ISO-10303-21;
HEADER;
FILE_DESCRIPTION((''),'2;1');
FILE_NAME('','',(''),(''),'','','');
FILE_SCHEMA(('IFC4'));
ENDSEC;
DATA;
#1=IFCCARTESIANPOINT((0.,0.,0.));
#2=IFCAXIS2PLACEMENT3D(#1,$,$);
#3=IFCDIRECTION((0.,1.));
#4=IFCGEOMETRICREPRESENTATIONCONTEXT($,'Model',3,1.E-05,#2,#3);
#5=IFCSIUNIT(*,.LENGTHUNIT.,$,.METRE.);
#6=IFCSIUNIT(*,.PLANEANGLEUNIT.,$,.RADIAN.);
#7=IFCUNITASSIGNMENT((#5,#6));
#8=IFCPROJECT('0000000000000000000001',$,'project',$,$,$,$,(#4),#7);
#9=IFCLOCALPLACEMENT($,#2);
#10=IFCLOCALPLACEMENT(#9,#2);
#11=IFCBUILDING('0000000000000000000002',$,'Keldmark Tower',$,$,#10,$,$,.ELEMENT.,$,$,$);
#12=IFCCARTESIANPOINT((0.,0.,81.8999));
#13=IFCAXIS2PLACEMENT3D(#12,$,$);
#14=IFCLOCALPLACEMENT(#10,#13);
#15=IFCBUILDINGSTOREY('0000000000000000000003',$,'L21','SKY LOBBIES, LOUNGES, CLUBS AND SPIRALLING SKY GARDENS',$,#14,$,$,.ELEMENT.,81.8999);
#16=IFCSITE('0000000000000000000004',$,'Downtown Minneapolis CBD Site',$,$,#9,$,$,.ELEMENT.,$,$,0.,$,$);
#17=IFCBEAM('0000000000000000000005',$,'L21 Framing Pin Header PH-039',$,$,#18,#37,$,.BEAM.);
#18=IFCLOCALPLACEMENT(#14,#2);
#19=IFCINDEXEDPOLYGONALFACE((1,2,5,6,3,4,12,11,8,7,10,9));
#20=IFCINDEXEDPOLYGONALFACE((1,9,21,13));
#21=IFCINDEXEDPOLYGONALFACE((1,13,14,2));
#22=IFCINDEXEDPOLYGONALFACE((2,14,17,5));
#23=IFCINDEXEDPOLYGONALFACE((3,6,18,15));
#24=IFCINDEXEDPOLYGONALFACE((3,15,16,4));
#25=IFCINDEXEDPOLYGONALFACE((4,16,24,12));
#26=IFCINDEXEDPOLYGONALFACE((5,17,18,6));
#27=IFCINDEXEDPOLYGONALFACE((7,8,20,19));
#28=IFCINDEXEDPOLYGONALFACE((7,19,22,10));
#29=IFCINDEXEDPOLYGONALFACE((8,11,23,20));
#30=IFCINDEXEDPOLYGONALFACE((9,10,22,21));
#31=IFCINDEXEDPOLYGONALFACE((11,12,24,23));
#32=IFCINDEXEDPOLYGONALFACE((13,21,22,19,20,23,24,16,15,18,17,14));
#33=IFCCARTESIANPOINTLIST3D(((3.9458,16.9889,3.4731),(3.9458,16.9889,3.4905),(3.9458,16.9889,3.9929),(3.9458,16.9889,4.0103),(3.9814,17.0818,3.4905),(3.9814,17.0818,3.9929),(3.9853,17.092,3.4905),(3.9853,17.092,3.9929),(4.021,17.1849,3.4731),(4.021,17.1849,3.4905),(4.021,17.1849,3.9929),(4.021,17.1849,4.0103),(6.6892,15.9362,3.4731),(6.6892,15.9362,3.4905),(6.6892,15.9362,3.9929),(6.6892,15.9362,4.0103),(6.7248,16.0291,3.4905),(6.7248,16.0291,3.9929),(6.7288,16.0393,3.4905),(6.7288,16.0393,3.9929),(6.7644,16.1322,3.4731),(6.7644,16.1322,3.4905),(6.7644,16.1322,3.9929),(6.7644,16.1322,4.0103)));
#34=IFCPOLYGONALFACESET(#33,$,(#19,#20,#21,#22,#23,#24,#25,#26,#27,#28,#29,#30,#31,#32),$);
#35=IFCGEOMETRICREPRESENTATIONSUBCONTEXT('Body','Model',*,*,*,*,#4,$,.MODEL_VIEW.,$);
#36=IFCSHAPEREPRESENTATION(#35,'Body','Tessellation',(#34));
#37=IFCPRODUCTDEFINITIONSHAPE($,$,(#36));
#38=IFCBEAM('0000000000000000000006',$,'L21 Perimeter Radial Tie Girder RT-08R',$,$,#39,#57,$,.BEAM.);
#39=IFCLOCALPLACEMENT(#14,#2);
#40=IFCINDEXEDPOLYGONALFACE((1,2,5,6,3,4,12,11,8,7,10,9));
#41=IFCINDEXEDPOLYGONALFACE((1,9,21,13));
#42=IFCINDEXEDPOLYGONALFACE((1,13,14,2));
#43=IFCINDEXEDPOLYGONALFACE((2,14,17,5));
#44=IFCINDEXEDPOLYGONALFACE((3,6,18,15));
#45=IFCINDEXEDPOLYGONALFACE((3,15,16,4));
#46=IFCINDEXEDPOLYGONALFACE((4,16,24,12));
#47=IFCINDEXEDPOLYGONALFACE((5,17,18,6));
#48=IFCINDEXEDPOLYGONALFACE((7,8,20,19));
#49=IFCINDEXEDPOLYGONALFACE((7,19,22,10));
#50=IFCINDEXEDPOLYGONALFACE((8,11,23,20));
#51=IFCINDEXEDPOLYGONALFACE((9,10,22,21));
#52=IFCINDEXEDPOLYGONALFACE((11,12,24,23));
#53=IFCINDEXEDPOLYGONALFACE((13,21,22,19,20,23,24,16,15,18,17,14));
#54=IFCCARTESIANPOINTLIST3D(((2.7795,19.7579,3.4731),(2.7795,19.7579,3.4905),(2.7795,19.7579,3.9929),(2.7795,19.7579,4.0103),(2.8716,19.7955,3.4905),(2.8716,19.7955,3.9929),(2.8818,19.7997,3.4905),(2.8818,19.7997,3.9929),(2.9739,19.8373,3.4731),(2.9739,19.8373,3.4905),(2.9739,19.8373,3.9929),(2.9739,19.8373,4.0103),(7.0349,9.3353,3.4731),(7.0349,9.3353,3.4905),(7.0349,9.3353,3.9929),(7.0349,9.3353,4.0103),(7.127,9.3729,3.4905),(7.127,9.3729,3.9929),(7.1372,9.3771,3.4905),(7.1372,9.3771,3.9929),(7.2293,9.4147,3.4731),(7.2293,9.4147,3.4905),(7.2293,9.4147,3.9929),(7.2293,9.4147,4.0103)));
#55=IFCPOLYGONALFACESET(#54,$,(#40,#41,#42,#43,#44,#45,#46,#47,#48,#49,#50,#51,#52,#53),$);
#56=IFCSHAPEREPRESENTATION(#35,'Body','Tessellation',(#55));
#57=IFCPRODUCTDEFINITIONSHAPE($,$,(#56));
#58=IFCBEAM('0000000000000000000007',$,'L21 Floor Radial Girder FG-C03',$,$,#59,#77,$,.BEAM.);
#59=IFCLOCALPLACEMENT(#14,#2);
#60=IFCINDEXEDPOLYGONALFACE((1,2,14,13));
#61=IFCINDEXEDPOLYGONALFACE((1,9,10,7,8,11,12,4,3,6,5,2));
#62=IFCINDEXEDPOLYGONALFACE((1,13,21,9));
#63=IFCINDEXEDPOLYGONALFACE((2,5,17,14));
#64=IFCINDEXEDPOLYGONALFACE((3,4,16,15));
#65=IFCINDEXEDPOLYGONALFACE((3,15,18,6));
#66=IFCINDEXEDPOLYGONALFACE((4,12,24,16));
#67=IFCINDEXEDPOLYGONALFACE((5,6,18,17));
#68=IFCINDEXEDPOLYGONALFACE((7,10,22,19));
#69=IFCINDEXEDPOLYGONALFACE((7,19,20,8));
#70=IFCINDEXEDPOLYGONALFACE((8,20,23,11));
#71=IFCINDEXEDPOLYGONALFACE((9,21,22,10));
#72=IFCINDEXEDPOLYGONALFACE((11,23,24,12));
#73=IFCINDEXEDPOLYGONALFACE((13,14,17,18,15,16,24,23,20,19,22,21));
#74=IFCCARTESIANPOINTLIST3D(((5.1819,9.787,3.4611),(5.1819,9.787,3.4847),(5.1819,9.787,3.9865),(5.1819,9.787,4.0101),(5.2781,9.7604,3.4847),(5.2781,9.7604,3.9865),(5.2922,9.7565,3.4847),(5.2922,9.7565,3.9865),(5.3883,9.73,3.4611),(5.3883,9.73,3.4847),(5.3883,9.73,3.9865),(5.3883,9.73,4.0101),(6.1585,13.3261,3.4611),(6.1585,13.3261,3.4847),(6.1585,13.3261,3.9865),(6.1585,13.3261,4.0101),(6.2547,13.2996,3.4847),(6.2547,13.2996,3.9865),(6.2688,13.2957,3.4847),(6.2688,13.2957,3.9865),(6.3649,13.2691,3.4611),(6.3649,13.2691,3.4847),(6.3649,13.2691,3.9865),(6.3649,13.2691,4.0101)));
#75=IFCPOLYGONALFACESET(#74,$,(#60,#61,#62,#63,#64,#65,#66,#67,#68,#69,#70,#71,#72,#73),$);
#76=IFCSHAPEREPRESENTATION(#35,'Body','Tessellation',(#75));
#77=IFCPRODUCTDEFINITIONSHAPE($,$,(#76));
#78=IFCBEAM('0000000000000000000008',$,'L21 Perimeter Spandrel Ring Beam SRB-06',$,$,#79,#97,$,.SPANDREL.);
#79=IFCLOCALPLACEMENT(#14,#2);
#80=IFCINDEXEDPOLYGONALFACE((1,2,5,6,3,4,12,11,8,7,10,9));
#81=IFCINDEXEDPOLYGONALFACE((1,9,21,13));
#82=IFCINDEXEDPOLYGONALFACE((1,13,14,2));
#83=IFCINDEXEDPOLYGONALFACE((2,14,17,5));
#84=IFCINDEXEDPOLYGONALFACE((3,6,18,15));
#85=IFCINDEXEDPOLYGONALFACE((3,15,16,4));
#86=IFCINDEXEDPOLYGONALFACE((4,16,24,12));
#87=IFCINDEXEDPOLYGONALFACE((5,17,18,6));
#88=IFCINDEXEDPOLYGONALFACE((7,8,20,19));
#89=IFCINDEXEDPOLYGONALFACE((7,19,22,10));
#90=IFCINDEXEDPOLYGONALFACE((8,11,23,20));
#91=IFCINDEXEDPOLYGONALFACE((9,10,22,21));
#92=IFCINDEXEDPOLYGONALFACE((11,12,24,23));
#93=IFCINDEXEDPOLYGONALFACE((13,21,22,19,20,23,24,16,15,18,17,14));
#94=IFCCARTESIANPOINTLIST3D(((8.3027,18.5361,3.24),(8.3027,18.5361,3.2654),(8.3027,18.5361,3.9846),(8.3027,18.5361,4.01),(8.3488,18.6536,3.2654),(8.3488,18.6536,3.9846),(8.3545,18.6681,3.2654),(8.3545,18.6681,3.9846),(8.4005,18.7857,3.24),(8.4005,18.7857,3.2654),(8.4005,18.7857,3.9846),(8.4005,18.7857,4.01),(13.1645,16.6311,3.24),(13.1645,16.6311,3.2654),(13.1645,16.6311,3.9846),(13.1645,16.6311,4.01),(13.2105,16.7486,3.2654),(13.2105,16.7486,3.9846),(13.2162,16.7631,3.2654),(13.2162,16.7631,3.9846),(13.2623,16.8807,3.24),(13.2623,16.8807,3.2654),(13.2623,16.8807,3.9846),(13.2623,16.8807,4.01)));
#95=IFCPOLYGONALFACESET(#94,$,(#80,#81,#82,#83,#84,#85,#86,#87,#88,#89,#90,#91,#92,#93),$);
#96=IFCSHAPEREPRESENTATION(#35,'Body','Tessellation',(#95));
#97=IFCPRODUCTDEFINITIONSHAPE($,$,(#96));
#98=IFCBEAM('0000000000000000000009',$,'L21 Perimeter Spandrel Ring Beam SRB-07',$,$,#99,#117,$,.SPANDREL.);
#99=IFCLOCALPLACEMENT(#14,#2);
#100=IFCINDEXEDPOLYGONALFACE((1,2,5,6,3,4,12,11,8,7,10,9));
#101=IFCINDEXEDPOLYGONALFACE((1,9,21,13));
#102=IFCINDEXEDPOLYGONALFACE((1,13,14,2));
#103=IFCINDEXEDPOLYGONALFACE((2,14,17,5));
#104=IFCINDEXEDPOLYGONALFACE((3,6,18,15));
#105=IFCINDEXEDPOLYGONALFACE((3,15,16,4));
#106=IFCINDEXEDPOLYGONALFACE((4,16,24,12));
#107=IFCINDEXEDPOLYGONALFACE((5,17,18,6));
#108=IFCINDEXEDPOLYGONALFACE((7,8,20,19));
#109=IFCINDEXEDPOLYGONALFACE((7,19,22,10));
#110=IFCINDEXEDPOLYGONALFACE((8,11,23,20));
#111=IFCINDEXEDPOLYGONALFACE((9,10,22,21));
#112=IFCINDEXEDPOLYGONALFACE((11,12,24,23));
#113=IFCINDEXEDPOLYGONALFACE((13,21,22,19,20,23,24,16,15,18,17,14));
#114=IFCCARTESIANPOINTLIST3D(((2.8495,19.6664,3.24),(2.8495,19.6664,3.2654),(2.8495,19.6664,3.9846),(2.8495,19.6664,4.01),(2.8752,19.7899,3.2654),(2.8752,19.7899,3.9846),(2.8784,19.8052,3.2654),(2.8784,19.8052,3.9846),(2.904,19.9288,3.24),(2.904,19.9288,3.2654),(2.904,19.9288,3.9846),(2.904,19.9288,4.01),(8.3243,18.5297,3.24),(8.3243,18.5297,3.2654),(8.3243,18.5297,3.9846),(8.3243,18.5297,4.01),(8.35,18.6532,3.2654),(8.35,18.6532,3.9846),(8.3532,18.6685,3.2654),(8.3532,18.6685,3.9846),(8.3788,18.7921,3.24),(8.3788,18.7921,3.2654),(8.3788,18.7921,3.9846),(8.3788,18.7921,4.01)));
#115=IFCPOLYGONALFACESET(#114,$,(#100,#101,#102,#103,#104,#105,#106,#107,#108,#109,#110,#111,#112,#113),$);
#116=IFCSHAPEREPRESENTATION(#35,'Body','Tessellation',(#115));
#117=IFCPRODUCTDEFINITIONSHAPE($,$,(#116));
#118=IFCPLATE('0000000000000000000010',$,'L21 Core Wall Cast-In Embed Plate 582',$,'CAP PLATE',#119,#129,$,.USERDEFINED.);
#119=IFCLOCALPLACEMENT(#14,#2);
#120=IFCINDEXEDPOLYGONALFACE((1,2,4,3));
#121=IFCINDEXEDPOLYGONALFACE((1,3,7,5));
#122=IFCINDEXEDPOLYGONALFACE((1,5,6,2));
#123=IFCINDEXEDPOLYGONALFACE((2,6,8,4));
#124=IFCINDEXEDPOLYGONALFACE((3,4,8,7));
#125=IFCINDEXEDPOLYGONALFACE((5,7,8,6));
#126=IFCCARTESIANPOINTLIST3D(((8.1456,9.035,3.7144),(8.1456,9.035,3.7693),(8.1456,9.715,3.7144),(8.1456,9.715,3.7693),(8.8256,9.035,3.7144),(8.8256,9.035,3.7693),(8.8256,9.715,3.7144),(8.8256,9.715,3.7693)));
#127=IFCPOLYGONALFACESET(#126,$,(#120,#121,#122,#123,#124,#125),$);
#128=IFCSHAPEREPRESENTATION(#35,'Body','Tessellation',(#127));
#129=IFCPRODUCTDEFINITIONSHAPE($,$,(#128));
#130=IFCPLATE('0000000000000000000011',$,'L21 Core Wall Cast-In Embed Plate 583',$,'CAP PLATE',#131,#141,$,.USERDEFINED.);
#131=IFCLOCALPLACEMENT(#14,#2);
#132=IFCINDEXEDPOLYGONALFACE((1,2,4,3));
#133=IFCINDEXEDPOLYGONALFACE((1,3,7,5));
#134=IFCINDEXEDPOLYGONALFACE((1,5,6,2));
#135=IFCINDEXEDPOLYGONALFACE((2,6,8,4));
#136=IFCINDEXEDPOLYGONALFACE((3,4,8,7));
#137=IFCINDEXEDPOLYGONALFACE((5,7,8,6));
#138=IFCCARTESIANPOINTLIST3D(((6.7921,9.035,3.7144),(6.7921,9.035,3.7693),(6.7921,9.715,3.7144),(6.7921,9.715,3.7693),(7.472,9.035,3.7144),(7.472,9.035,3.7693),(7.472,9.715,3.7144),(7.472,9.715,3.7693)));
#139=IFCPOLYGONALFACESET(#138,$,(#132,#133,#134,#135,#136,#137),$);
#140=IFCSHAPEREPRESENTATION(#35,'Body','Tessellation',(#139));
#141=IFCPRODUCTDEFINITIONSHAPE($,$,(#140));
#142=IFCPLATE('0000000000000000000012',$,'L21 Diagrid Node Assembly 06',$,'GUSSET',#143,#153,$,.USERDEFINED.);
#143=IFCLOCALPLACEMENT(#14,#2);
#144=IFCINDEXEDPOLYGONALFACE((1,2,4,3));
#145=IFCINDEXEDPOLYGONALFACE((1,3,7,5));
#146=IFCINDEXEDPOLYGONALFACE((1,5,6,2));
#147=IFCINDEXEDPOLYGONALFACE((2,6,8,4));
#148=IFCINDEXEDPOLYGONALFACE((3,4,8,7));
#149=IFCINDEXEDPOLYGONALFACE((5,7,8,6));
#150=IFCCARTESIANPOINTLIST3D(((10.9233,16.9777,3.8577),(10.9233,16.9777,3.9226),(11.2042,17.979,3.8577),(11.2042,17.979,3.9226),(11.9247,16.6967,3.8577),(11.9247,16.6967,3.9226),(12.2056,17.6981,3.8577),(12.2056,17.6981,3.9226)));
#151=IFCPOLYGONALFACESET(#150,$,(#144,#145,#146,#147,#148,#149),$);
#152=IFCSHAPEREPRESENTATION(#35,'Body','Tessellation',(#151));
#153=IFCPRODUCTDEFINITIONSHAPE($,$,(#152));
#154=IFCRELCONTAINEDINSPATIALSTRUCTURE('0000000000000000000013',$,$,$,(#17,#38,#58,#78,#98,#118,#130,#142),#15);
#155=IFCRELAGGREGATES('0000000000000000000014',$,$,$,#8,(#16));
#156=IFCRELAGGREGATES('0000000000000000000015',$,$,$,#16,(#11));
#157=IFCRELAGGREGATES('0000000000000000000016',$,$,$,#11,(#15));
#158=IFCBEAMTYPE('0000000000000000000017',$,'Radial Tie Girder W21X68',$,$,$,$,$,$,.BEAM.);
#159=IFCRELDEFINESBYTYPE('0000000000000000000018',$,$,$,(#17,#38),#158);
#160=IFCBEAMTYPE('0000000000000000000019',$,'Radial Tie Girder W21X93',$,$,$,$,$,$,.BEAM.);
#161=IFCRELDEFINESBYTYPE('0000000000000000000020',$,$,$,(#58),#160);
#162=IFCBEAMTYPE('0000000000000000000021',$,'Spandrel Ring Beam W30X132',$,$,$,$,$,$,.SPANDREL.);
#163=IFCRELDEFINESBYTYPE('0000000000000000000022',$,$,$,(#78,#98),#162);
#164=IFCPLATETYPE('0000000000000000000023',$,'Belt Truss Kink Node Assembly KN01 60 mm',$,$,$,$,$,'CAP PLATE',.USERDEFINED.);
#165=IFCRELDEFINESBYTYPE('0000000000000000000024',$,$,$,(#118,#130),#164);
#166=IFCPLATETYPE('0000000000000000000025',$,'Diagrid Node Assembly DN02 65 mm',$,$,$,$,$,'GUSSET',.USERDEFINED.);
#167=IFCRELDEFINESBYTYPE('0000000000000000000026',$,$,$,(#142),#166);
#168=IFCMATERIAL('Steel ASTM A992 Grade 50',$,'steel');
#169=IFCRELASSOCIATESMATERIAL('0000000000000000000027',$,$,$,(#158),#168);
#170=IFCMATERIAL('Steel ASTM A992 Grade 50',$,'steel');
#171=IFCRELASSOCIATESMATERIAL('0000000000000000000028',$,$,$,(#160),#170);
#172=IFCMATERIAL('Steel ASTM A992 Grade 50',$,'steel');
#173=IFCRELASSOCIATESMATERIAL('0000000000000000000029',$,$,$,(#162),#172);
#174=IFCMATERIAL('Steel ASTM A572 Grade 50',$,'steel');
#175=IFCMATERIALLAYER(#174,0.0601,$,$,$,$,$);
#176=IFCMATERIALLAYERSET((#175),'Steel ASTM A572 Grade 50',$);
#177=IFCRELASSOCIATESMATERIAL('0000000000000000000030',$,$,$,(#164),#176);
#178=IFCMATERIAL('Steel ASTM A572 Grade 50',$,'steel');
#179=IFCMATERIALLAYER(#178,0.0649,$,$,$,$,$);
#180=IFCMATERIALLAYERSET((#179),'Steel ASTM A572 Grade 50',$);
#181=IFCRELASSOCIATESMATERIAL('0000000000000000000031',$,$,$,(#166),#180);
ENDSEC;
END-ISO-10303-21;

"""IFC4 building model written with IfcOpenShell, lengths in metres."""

from ifc_helpers import new_model, si_unit, direction, frame, origin, origin_2d, place, context, subcontext, project, spatial, rectangle, i_section, extrude, material, layer, layer_set, material_profile, profile_set, type_object, element, save


model = new_model("IFC4")

# Units and contexts
model_context = context("Model", 3, precision=1e-05, world=origin(), true_north=direction((0.0, 1.0)))
body_context = subcontext(model_context, "Body", "Model", "MODEL_VIEW")
ifc_project = project(units=[si_unit("LENGTHUNIT", "METRE"), si_unit("PLANEANGLEUNIT", "RADIAN")], contexts=[model_context])

# Site, building, storey
site_placement = place(None, origin())
site = spatial("IfcSite", under=ifc_project, at=site_placement, Name="Downtown Minneapolis CBD Site", CompositionType="ELEMENT", RefElevation=0.0)
building_placement = place(site_placement, origin())
building = spatial("IfcBuilding", under=site, at=building_placement, Name="Keldmark Tower", CompositionType="ELEMENT")
storey_placement = place(building_placement, frame((0.0, 0.0, 81.8999)))
storey = spatial("IfcBuildingStorey", under=building, at=storey_placement, Name="L21", Description="SKY LOBBIES, LOUNGES, CLUBS AND SPIRALLING SKY GARDENS", CompositionType="ELEMENT", Elevation=81.8999)

# Beams
ifc_material_1 = material(Name="Steel ASTM A992 Grade 50", Category="steel")
ifc_material_profile_1 = material_profile(ifc_material_1, i_section(OverallWidth=0.21, OverallDepth=0.5371, WebThickness=0.011, FlangeThickness=0.0173, at=origin_2d()), Name="W21X68")
ifc_profile_set_1 = profile_set([ifc_material_profile_1], Name="Steel ASTM A992 Grade 50")
beam_type_1 = type_object("IfcBeamType", Name="Radial Tie Girder W21X68", PredefinedType="BEAM", material=ifc_profile_set_1)
beam_1_placement = place(storey_placement, frame((6.7268, 16.0342, 3.7417), z_axis=(-0.933622, 0.358261, 0.0), x_axis=(-0.358261, -0.933622, 0.0)))
element("IfcBeam", 1, at=beam_1_placement, inside=storey, type_object=beam_type_1, Name="L21 Framing Pin Header PH-039", PredefinedType="BEAM", context=body_context, shape_type="SweptSolid", body=[
    extrude(i_section(OverallWidth=0.21, OverallDepth=0.5371, WebThickness=0.011, FlangeThickness=0.0173, at=origin_2d()), origin(), (0.0, 0.0, 1.0), 2.9385),
])
beam_2_placement = place(storey_placement, frame((7.1321, 9.375, 3.7417), z_axis=(-0.377992, 0.925809, 0.0), x_axis=(-0.925809, -0.377992, 0.0)))
element("IfcBeam", 2, at=beam_2_placement, inside=storey, type_object=beam_type_1, Name="L21 Perimeter Radial Tie Girder RT-08R", PredefinedType="BEAM", context=body_context, shape_type="SweptSolid", body=[
    extrude(i_section(OverallWidth=0.21, OverallDepth=0.5371, WebThickness=0.011, FlangeThickness=0.0173, at=origin_2d()), origin(), (0.0, 0.0, 1.0), 11.2578),
])
ifc_material_2 = material(Name="Steel ASTM A992 Grade 50", Category="steel")
ifc_material_profile_2 = material_profile(ifc_material_2, i_section(OverallWidth=0.2141, OverallDepth=0.5491, WebThickness=0.0146, FlangeThickness=0.0237, at=origin_2d()), Name="W21X93")
ifc_profile_set_2 = profile_set([ifc_material_profile_2], Name="Steel ASTM A992 Grade 50")
beam_type_2 = type_object("IfcBeamType", Name="Radial Tie Girder W21X93", PredefinedType="BEAM", material=ifc_profile_set_2)
beam_3_placement = place(storey_placement, frame((6.2617, 13.2976, 3.7356), z_axis=(-0.265997, -0.963974, 0.0), x_axis=(0.963974, -0.265997, 0.0)))
element("IfcBeam", 3, at=beam_3_placement, inside=storey, type_object=beam_type_2, Name="L21 Floor Radial Girder FG-C03", PredefinedType="BEAM", context=body_context, shape_type="SweptSolid", body=[
    extrude(i_section(OverallWidth=0.2141, OverallDepth=0.5491, WebThickness=0.0146, FlangeThickness=0.0237, at=origin_2d()), origin(), (0.0, 0.0, 1.0), 3.6714),
])
ifc_material_3 = material(Name="Steel ASTM A992 Grade 50", Category="steel")
ifc_material_profile_3 = material_profile(ifc_material_3, i_section(OverallWidth=0.2681, OverallDepth=0.77, WebThickness=0.0156, FlangeThickness=0.0254, at=origin_2d()), Name="W30X132")
ifc_profile_set_3 = profile_set([ifc_material_profile_3], Name="Steel ASTM A992 Grade 50")
beam_type_3 = type_object("IfcBeamType", Name="Spandrel Ring Beam W30X132", PredefinedType="SPANDREL", material=ifc_profile_set_3)
beam_4_placement = place(storey_placement, frame((13.2134, 16.7559, 3.625), z_axis=(-0.931075, 0.364828, 0.0), x_axis=(-0.364828, -0.931075, 0.0)))
element("IfcBeam", 4, at=beam_4_placement, inside=storey, type_object=beam_type_3, Name="L21 Perimeter Spandrel Ring Beam SRB-06", PredefinedType="SPANDREL", context=body_context, shape_type="SweptSolid", body=[
    extrude(i_section(OverallWidth=0.2681, OverallDepth=0.77, WebThickness=0.0156, FlangeThickness=0.0254, at=origin_2d()), origin(), (0.0, 0.0, 1.0), 5.2217),
])
beam_5_placement = place(storey_placement, frame((8.3516, 18.6609, 3.625), z_axis=(-0.979119, 0.20329, 0.0), x_axis=(-0.20329, -0.979119, 0.0)))
element("IfcBeam", 5, at=beam_5_placement, inside=storey, type_object=beam_type_3, Name="L21 Perimeter Spandrel Ring Beam SRB-07", PredefinedType="SPANDREL", context=body_context, shape_type="SweptSolid", body=[
    extrude(i_section(OverallWidth=0.2681, OverallDepth=0.77, WebThickness=0.0156, FlangeThickness=0.0254, at=origin_2d()), origin(), (0.0, 0.0, 1.0), 5.5916),
])

# Plates
ifc_material_4 = material(Name="Steel ASTM A572 Grade 50", Category="steel")
ifc_layer_1 = layer(ifc_material_4, 0.0601)
ifc_layer_set_1 = layer_set([ifc_layer_1], Name="Steel ASTM A572 Grade 50")
plate_type_1 = type_object("IfcPlateType", Name="Belt Truss Kink Node Assembly KN01 60 mm", ElementType="CAP PLATE", PredefinedType="USERDEFINED", material=ifc_layer_set_1)
for number, where, z_axis, x_axis, name in (
    (6, (8.4856, 9.375, 3.7144), (0.0, 0.0, 1.0), (1.0, 0.0, 0.0), "L21 Core Wall Cast-In Embed Plate 582"),
    (7, (7.1321, 9.375, 3.7144), (0.0, 0.0, 1.0), (1.0, 0.0, 0.0), "L21 Core Wall Cast-In Embed Plate 583"),
):
    element("IfcPlate", number, at=place(storey_placement, frame(where, z_axis=z_axis, x_axis=x_axis)), inside=storey, type_object=plate_type_1, Name=name, ObjectType="CAP PLATE", PredefinedType="USERDEFINED", context=body_context, shape_type="SweptSolid", body=[
        extrude(rectangle(XDim=0.6799, YDim=0.6799, at=origin_2d()), origin(), (0.0, 0.0, 1.0), 0.0549),
    ])
ifc_material_5 = material(Name="Steel ASTM A572 Grade 50", Category="steel")
ifc_layer_2 = layer(ifc_material_5, 0.0649)
ifc_layer_set_2 = layer_set([ifc_layer_2], Name="Steel ASTM A572 Grade 50")
plate_type_2 = type_object("IfcPlateType", Name="Diagrid Node Assembly DN02 65 mm", ElementType="GUSSET", PredefinedType="USERDEFINED", material=ifc_layer_set_2)
plate_placement = place(storey_placement, frame((11.5645, 17.3379, 3.8577), z_axis=(0.0, 0.0, 1.0), x_axis=(-0.962833, 0.270096, 0.0)))
element("IfcPlate", 8, at=plate_placement, inside=storey, type_object=plate_type_2, Name="L21 Diagrid Node Assembly 06", ObjectType="GUSSET", PredefinedType="USERDEFINED", context=body_context, shape_type="SweptSolid", body=[
    extrude(rectangle(XDim=1.04, YDim=1.04, at=origin_2d()), origin(), (0.0, 0.0, 1.0), 0.0649),
])

save(model, "model.ifc")
